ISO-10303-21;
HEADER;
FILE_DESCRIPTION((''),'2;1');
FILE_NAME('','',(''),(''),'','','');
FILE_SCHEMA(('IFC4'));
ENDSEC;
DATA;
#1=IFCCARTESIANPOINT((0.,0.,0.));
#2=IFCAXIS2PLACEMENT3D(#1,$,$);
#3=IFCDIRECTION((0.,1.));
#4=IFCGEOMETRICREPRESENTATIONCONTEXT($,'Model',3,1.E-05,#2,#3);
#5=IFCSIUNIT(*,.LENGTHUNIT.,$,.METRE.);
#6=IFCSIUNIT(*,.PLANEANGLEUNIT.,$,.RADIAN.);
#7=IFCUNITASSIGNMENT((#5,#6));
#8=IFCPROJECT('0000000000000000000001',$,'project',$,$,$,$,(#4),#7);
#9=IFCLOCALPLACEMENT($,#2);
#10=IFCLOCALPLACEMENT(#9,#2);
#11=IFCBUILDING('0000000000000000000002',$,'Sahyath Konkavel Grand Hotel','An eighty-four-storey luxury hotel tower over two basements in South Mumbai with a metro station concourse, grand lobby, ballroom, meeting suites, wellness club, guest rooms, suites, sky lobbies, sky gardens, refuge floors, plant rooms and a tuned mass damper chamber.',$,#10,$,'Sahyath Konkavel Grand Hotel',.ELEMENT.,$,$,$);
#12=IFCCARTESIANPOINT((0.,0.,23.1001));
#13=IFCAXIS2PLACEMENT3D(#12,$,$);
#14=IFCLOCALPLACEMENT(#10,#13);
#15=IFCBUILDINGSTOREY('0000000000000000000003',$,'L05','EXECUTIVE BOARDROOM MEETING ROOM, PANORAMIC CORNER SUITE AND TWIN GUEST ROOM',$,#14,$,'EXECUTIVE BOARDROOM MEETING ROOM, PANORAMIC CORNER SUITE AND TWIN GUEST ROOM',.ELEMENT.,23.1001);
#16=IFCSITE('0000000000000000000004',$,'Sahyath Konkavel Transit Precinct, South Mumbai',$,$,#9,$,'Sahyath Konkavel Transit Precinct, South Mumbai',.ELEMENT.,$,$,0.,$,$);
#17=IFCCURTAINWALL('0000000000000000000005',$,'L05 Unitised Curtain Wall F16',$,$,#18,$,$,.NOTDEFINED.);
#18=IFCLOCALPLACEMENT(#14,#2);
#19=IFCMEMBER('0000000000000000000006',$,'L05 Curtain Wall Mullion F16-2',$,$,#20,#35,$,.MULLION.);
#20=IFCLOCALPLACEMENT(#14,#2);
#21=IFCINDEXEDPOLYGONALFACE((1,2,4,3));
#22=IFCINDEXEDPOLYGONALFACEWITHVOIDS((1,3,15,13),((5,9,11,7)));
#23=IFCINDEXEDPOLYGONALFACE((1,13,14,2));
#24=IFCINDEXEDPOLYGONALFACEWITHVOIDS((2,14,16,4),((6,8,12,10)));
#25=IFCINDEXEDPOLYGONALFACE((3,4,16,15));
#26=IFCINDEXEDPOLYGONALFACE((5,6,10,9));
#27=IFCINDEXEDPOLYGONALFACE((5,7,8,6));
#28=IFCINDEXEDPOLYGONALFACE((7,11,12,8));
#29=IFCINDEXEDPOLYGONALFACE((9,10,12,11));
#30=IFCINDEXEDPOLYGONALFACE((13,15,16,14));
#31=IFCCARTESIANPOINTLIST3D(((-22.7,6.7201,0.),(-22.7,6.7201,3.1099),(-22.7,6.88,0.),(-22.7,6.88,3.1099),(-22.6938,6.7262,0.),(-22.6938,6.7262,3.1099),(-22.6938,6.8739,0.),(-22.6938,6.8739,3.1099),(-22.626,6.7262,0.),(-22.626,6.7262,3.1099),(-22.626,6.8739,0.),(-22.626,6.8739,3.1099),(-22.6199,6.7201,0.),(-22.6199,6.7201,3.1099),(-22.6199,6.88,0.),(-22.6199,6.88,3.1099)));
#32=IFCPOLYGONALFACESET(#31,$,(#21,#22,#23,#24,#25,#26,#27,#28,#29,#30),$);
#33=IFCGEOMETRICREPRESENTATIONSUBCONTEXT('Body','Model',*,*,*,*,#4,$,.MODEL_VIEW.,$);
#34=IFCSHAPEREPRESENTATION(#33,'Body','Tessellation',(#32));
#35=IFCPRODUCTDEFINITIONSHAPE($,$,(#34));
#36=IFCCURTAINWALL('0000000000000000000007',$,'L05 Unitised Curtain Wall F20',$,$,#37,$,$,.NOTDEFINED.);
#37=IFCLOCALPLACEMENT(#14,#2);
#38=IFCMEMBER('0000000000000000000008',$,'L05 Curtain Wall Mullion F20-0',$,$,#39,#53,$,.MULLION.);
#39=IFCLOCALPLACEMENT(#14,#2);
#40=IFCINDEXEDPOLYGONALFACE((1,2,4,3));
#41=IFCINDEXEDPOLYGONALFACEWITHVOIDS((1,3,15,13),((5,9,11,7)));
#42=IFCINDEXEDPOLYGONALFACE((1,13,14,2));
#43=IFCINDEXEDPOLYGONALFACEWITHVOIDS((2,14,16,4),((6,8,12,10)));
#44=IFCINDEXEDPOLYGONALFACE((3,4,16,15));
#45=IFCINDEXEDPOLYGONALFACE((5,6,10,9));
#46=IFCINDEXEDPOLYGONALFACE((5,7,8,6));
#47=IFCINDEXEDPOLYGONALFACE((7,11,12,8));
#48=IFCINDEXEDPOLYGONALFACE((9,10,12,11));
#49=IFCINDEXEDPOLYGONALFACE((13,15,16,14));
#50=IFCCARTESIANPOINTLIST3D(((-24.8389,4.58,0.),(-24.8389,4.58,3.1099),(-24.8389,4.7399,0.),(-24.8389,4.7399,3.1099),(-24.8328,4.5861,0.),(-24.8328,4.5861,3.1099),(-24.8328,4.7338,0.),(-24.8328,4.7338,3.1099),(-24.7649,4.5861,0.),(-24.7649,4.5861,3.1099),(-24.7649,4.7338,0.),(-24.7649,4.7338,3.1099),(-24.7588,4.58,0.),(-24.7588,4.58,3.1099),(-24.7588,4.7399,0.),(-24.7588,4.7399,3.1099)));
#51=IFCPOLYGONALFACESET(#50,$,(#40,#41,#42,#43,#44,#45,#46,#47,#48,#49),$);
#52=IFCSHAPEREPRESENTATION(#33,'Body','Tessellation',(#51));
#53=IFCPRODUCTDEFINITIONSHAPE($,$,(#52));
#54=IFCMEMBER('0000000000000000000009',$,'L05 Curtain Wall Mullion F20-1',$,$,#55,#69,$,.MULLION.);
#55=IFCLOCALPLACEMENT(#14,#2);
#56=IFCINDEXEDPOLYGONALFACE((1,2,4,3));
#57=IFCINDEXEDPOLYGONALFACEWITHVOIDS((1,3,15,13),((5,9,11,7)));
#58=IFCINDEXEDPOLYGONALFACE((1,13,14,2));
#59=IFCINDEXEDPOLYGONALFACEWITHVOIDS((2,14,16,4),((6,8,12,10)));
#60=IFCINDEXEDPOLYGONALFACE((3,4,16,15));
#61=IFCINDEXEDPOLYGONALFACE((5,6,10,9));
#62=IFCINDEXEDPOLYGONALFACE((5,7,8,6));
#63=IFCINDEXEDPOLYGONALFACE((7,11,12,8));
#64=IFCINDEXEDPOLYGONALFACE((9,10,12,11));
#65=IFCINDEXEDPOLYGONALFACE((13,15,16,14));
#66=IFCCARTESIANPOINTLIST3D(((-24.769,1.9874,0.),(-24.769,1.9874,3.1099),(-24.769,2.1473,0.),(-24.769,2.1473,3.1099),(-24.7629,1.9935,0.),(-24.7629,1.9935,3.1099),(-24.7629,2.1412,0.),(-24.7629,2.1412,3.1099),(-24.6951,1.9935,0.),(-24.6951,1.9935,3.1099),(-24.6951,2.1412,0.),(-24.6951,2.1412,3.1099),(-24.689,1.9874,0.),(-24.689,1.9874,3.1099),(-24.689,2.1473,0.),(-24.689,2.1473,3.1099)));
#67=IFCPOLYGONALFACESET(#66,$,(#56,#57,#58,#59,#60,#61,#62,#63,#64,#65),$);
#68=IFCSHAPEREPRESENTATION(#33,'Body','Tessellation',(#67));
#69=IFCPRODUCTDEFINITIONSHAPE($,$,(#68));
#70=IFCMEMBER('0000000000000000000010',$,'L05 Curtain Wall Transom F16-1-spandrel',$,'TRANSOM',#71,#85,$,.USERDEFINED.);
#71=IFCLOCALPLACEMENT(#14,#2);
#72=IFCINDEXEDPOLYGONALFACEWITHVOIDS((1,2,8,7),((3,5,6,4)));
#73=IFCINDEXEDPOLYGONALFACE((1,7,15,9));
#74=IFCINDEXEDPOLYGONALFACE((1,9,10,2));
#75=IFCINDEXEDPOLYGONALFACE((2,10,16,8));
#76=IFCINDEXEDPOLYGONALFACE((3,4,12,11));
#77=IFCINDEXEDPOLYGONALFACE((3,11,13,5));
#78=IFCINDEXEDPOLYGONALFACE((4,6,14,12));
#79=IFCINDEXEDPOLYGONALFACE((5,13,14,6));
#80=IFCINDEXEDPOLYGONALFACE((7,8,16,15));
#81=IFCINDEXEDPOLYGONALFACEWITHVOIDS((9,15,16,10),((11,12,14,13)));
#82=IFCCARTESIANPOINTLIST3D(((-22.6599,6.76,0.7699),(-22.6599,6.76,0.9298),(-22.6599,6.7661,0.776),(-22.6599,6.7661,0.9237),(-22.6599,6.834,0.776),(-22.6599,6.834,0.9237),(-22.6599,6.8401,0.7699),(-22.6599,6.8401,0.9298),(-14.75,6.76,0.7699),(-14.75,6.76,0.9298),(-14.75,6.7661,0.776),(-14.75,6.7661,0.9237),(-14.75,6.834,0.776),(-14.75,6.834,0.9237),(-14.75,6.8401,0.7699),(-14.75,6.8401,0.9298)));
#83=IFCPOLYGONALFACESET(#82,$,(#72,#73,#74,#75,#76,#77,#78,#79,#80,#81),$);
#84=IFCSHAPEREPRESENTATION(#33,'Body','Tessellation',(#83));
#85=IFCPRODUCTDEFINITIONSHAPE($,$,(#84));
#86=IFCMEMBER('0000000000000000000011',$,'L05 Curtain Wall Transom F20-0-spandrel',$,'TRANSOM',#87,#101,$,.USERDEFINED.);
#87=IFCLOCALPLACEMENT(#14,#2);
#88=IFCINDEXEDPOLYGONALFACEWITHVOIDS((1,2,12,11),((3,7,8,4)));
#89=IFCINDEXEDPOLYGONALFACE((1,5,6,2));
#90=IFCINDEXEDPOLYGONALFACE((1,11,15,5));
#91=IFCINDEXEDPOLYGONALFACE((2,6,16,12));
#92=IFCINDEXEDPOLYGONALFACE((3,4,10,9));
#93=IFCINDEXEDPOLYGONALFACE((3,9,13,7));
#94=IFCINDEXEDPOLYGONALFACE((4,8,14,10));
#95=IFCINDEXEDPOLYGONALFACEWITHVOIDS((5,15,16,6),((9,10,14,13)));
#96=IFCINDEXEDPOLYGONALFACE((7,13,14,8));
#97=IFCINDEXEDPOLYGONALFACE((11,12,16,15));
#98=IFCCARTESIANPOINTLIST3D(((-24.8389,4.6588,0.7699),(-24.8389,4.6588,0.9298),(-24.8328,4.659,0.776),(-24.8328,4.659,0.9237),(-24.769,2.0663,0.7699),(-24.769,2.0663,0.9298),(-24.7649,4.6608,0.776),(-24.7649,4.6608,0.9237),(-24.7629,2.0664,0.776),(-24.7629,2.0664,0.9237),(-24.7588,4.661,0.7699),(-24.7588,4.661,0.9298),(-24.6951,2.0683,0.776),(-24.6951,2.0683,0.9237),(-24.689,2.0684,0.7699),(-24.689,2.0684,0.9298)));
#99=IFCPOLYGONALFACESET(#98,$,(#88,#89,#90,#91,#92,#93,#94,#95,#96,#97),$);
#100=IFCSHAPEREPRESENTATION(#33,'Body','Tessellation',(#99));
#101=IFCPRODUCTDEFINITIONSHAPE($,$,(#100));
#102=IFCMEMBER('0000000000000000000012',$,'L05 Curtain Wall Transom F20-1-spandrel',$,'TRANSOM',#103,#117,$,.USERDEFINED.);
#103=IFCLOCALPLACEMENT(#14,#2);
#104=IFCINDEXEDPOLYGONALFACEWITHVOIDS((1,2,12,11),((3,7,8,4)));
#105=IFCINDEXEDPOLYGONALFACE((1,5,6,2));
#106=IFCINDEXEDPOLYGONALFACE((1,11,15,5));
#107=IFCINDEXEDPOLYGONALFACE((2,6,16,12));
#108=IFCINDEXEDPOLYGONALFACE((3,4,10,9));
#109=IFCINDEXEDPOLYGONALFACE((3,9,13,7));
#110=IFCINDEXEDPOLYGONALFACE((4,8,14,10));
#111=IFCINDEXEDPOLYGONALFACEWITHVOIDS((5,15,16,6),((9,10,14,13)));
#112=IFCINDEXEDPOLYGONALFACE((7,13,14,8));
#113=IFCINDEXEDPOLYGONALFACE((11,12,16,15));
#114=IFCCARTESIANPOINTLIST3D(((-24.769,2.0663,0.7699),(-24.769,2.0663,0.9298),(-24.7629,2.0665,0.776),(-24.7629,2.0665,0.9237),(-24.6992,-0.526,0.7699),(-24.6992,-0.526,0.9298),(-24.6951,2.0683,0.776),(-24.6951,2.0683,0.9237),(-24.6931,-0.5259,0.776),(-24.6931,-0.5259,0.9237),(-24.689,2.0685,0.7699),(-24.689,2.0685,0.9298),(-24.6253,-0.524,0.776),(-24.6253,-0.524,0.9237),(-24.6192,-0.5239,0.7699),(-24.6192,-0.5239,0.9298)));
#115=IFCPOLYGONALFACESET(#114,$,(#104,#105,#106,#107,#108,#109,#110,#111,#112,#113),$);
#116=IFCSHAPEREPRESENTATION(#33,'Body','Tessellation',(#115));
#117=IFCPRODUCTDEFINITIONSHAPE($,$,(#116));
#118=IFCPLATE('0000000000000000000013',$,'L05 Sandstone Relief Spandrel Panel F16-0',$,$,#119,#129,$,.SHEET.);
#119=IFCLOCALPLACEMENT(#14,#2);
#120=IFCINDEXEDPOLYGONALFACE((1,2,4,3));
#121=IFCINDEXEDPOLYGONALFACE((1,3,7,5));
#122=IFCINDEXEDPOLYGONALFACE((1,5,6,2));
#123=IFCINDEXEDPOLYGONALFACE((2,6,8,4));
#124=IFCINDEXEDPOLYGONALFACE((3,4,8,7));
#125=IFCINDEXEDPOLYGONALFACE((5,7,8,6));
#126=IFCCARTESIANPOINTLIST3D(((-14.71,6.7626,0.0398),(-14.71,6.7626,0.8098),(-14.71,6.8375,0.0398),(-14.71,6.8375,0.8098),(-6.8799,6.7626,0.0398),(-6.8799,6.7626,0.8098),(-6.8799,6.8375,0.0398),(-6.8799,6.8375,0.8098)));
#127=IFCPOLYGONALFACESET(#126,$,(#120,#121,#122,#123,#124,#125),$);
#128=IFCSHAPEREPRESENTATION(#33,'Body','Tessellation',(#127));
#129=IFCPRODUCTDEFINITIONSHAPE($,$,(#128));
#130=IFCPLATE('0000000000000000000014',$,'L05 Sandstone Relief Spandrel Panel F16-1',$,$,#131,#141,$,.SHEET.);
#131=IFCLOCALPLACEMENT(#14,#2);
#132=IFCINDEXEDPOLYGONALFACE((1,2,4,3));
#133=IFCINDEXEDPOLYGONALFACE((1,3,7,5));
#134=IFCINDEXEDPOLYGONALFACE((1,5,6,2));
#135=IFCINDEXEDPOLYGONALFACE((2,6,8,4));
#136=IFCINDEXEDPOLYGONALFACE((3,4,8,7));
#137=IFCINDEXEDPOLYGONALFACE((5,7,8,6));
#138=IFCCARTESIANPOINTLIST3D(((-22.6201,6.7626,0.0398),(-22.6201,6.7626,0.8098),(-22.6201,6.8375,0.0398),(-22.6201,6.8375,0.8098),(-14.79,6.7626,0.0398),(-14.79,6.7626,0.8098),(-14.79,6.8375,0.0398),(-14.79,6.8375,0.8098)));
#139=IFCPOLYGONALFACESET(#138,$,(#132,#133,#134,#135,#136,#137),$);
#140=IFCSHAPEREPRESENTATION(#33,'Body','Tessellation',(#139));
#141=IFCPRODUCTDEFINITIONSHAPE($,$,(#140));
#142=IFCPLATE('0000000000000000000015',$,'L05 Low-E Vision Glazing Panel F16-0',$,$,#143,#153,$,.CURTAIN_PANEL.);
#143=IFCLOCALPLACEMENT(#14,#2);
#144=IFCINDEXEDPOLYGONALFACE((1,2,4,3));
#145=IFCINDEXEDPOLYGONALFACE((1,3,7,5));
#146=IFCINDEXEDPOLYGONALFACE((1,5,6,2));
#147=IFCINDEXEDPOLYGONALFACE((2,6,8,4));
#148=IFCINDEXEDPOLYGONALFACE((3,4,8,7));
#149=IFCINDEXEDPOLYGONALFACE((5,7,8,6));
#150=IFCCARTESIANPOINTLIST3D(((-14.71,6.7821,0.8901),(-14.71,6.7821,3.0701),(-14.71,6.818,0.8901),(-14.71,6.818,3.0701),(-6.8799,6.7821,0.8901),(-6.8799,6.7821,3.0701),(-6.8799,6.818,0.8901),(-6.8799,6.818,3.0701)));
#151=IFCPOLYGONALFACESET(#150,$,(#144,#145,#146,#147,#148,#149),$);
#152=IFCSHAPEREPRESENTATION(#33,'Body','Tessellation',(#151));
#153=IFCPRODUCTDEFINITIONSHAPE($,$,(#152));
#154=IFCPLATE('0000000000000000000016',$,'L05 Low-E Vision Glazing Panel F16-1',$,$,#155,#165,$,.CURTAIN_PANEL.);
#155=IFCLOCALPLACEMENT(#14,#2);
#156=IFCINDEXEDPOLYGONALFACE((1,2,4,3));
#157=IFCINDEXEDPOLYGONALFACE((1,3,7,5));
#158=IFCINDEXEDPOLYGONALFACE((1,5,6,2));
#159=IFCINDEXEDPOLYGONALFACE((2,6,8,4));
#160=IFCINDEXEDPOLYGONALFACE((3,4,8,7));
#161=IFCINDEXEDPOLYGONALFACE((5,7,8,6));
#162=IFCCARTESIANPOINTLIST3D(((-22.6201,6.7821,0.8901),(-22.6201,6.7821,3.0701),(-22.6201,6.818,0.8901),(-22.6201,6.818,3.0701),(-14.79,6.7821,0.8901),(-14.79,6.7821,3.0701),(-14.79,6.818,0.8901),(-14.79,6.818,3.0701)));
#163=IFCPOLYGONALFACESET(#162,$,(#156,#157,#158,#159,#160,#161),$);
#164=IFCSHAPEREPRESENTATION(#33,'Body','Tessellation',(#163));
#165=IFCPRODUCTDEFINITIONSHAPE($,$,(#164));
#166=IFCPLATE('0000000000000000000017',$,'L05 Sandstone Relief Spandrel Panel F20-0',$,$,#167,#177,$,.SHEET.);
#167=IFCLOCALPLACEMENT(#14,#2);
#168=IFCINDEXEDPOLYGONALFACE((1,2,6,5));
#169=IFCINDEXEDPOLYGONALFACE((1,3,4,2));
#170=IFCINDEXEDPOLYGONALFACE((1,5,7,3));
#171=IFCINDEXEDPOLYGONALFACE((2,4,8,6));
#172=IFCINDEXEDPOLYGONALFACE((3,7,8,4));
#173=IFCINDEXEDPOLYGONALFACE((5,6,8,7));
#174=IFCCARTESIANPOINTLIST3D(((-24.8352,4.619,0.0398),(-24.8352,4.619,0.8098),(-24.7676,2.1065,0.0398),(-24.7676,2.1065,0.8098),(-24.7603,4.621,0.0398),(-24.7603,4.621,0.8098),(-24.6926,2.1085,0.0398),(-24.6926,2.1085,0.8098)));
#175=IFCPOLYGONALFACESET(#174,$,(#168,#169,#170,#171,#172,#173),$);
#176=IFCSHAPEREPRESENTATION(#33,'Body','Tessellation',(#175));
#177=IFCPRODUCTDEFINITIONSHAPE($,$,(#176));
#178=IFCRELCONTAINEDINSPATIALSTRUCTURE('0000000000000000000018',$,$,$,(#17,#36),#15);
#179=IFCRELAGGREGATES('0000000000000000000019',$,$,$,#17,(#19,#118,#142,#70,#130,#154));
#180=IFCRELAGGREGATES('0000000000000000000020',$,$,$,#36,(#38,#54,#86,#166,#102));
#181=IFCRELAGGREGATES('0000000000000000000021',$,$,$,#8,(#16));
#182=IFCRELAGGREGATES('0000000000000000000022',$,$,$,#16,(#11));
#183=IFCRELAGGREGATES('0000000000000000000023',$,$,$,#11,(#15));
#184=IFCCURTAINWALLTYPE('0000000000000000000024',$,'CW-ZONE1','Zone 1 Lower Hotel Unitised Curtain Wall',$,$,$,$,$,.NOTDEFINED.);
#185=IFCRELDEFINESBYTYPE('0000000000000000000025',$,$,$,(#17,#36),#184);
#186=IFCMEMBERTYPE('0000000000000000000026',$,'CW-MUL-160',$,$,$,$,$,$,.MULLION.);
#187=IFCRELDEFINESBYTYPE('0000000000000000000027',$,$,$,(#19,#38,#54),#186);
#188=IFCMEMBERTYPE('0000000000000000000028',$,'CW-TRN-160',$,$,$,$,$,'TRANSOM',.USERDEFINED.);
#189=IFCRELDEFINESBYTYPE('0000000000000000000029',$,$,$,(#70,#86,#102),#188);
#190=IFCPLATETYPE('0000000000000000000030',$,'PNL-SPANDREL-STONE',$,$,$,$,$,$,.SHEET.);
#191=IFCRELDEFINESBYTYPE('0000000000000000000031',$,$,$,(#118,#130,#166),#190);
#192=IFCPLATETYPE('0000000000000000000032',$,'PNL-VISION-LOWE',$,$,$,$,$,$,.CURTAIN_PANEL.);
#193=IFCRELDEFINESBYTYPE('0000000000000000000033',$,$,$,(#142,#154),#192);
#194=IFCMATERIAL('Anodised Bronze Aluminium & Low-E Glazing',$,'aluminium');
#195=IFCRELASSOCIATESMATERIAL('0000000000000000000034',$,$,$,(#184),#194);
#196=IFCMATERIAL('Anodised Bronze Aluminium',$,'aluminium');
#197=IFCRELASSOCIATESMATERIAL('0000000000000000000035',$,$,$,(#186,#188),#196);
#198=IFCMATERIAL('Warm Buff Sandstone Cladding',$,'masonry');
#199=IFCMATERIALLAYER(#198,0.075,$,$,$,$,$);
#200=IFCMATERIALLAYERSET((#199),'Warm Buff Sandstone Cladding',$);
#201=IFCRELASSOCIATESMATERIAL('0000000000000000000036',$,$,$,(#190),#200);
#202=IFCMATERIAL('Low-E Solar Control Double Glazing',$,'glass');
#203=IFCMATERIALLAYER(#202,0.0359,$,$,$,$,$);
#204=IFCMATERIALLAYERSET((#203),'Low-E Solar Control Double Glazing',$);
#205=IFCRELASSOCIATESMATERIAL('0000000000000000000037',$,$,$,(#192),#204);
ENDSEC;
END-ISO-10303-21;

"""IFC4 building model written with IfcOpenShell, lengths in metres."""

from ifc_helpers import new_model, si_unit, direction, frame, origin, origin_2d, place, context, subcontext, project, spatial, rectangle, hollow_rectangle, extrude, source, transform, mapped, material, layer, layer_set, material_profile, profile_set, type_object, element, aggregate, save


model = new_model("IFC4")

# Units and contexts
model_context = context("Model", 3, precision=1e-05, world=origin(), true_north=direction((0.0, 1.0)))
body_context = subcontext(model_context, "Body", "Model", "MODEL_VIEW")
ifc_project = project(units=[si_unit("LENGTHUNIT", "METRE"), si_unit("PLANEANGLEUNIT", "RADIAN")], contexts=[model_context])

# Site, building, storey
site_placement = place(None, origin())
site = spatial("IfcSite", under=ifc_project, at=site_placement, Name="Sahyath Konkavel Transit Precinct, South Mumbai", LongName="Sahyath Konkavel Transit Precinct, South Mumbai", CompositionType="ELEMENT", RefElevation=0.0)
building_placement = place(site_placement, origin())
building = spatial("IfcBuilding", under=site, at=building_placement, Name="Sahyath Konkavel Grand Hotel", Description="An eighty-four-storey luxury hotel tower over two basements in South Mumbai with a metro station concourse, grand lobby, ballroom, meeting suites, wellness club, guest rooms, suites, sky lobbies, sky gardens, refuge floors, plant rooms and a tuned mass damper chamber.", LongName="Sahyath Konkavel Grand Hotel", CompositionType="ELEMENT")
storey_placement = place(building_placement, frame((0.0, 0.0, 23.1001)))
storey = spatial("IfcBuildingStorey", under=building, at=storey_placement, Name="L05", Description="EXECUTIVE BOARDROOM MEETING ROOM, PANORAMIC CORNER SUITE AND TWIN GUEST ROOM", LongName="EXECUTIVE BOARDROOM MEETING ROOM, PANORAMIC CORNER SUITE AND TWIN GUEST ROOM", CompositionType="ELEMENT", Elevation=23.1001)

# Curtain walls, members
ifc_material_1 = material(Name="Anodised Bronze Aluminium & Low-E Glazing", Category="aluminium")
curtain_wall_type = type_object("IfcCurtainWallType", Name="CW-ZONE1", Description="Zone 1 Lower Hotel Unitised Curtain Wall", PredefinedType="NOTDEFINED", material=ifc_material_1)
curtain_wall_1_placement = place(storey_placement, origin())
curtain_wall_1 = element("IfcCurtainWall", 1, at=curtain_wall_1_placement, inside=storey, type_object=curtain_wall_type, Name="L05 Unitised Curtain Wall F16", PredefinedType="NOTDEFINED")
ifc_material_2 = material(Name="Anodised Bronze Aluminium", Category="aluminium")
ifc_material_profile_1 = material_profile(ifc_material_2, hollow_rectangle(XDim=0.0801, YDim=0.1599, WallThickness=0.0061, at=origin_2d()), Name="RHS 160x80x6")
ifc_profile_set_1 = profile_set([ifc_material_profile_1], Name="Anodised Bronze Aluminium")
member_type_1 = type_object("IfcMemberType", Name="CW-MUL-160", PredefinedType="MULLION", material=ifc_profile_set_1)
shared_shape_1 = source(origin(), body_context, "Body", "SweptSolid", [
    extrude(hollow_rectangle(XDim=0.0801, YDim=0.1599, WallThickness=0.0061, at=origin_2d()), origin(), (0.0, 0.0, 1.0), 3.1099),
])
member_1_placement = place(storey_placement, frame((-22.6599, 6.8, 0.0), z_axis=(0.0, 0.0, 1.0), x_axis=(1.0, 0.0, 0.0)))
member_1 = element("IfcMember", 2, at=member_1_placement, type_object=member_type_1, Name="L05 Curtain Wall Mullion F16-2", PredefinedType="MULLION", context=body_context, shape_type="MappedRepresentation", body=[
    mapped(shared_shape_1, transform((0.0, 0.0, 0.0), scale=1.0)),
])
curtain_wall_2_placement = place(storey_placement, origin())
curtain_wall_2 = element("IfcCurtainWall", 3, at=curtain_wall_2_placement, inside=storey, type_object=curtain_wall_type, Name="L05 Unitised Curtain Wall F20", PredefinedType="NOTDEFINED")
member_2_placement = place(storey_placement, frame((-24.7988, 4.6599, 0.0), z_axis=(0.0, 0.0, 1.0), x_axis=(1.0, 0.0, 0.0)))
member_2 = element("IfcMember", 4, at=member_2_placement, type_object=member_type_1, Name="L05 Curtain Wall Mullion F20-0", PredefinedType="MULLION", context=body_context, shape_type="MappedRepresentation", body=[
    mapped(shared_shape_1, transform((0.0, 0.0, 0.0), scale=1.0)),
])
member_3_placement = place(storey_placement, frame((-24.729, 2.0674, 0.0), z_axis=(0.0, 0.0, 1.0), x_axis=(1.0, 0.0, 0.0)))
member_3 = element("IfcMember", 5, at=member_3_placement, type_object=member_type_1, Name="L05 Curtain Wall Mullion F20-1", PredefinedType="MULLION", context=body_context, shape_type="MappedRepresentation", body=[
    mapped(shared_shape_1, transform((0.0, 0.0, 0.0), scale=1.0)),
])

# Members
ifc_material_profile_2 = material_profile(ifc_material_2, hollow_rectangle(XDim=0.0801, YDim=0.1599, WallThickness=0.0061, at=origin_2d()), Name="RHS 160x80x6")
ifc_profile_set_2 = profile_set([ifc_material_profile_2], Name="Anodised Bronze Aluminium")
member_type_2 = type_object("IfcMemberType", Name="CW-TRN-160", ElementType="TRANSOM", PredefinedType="USERDEFINED", material=ifc_profile_set_2)
shared_shape_2 = source(origin(), body_context, "Body", "SweptSolid", [
    extrude(hollow_rectangle(XDim=0.0801, YDim=0.1599, WallThickness=0.0061, at=origin_2d()), origin(), (0.0, 0.0, 1.0), 7.9099),
])
member_4_placement = place(storey_placement, frame((-14.75, 6.8, 0.8499), z_axis=(-1.0, 0.0, 0.0), x_axis=(0.0, -1.0, 0.0)))
member_4 = element("IfcMember", 6, at=member_4_placement, type_object=member_type_2, Name="L05 Curtain Wall Transom F16-1-spandrel", ObjectType="TRANSOM", PredefinedType="USERDEFINED", context=body_context, shape_type="MappedRepresentation", body=[
    mapped(shared_shape_2, transform((0.0, 0.0, 0.0), scale=1.0)),
])
shared_shape_3 = source(origin(), body_context, "Body", "SweptSolid", [
    extrude(hollow_rectangle(XDim=0.0801, YDim=0.1599, WallThickness=0.0061, at=origin_2d()), origin(), (0.0, 0.0, 1.0), 2.5935),
])
member_5_placement = place(storey_placement, frame((-24.7988, 4.6599, 0.8499), z_axis=(0.026923, -0.999638, 0.0), x_axis=(0.999638, 0.026923, 0.0)))
member_5 = element("IfcMember", 7, at=member_5_placement, type_object=member_type_2, Name="L05 Curtain Wall Transom F20-0-spandrel", ObjectType="TRANSOM", PredefinedType="USERDEFINED", context=body_context, shape_type="MappedRepresentation", body=[
    mapped(shared_shape_3, transform((0.0, 0.0, 0.0), scale=1.0)),
])
shared_shape_4 = source(origin(), body_context, "Body", "SweptSolid", [
    extrude(hollow_rectangle(XDim=0.0801, YDim=0.1599, WallThickness=0.0061, at=origin_2d()), origin(), (0.0, 0.0, 1.0), 2.5933),
])
member_6_placement = place(storey_placement, frame((-24.729, 2.0674, 0.8499), z_axis=(0.026926, -0.999637, 0.0), x_axis=(0.999637, 0.026926, 0.0)))
member_6 = element("IfcMember", 8, at=member_6_placement, type_object=member_type_2, Name="L05 Curtain Wall Transom F20-1-spandrel", ObjectType="TRANSOM", PredefinedType="USERDEFINED", context=body_context, shape_type="MappedRepresentation", body=[
    mapped(shared_shape_4, transform((0.0, 0.0, 0.0), scale=1.0)),
])

# Plates
ifc_material_3 = material(Name="Warm Buff Sandstone Cladding", Category="masonry")
ifc_layer_1 = layer(ifc_material_3, 0.075)
ifc_layer_set_1 = layer_set([ifc_layer_1], Name="Warm Buff Sandstone Cladding")
plate_type_1 = type_object("IfcPlateType", Name="PNL-SPANDREL-STONE", PredefinedType="SHEET", material=ifc_layer_set_1)
shared_shape_5 = source(origin(), body_context, "Body", "SweptSolid", [
    extrude(rectangle(XDim=7.8301, YDim=0.075, at=origin_2d()), origin(), (0.0, 0.0, 1.0), 0.77),
])
plate_1_placement = place(storey_placement, frame((-10.7949, 6.8, 0.0398), z_axis=(0.0, 0.0, 1.0), x_axis=(-1.0, 0.0, 0.0)))
plate_1 = element("IfcPlate", 9, at=plate_1_placement, type_object=plate_type_1, Name="L05 Sandstone Relief Spandrel Panel F16-0", PredefinedType="SHEET", context=body_context, shape_type="MappedRepresentation", body=[
    mapped(shared_shape_5, transform((0.0, 0.0, 0.0), scale=1.0)),
])
plate_2_placement = place(storey_placement, frame((-18.7051, 6.8, 0.0398), z_axis=(0.0, 0.0, 1.0), x_axis=(-1.0, 0.0, 0.0)))
plate_2 = element("IfcPlate", 10, at=plate_2_placement, type_object=plate_type_1, Name="L05 Sandstone Relief Spandrel Panel F16-1", PredefinedType="SHEET", context=body_context, shape_type="MappedRepresentation", body=[
    mapped(shared_shape_5, transform((0.0, 0.0, 0.0), scale=1.0)),
])
ifc_material_4 = material(Name="Low-E Solar Control Double Glazing", Category="glass")
ifc_layer_2 = layer(ifc_material_4, 0.0359)
ifc_layer_set_2 = layer_set([ifc_layer_2], Name="Low-E Solar Control Double Glazing")
plate_type_2 = type_object("IfcPlateType", Name="PNL-VISION-LOWE", PredefinedType="CURTAIN_PANEL", material=ifc_layer_set_2)
shared_shape_6 = source(origin(), body_context, "Body", "SweptSolid", [
    extrude(rectangle(XDim=7.8301, YDim=0.0359, at=origin_2d()), origin(), (0.0, 0.0, 1.0), 2.1799),
])
plate_3_placement = place(storey_placement, frame((-10.7949, 6.8, 0.8901), z_axis=(0.0, 0.0, 1.0), x_axis=(-1.0, 0.0, 0.0)))
plate_3 = element("IfcPlate", 11, at=plate_3_placement, type_object=plate_type_2, Name="L05 Low-E Vision Glazing Panel F16-0", PredefinedType="CURTAIN_PANEL", context=body_context, shape_type="MappedRepresentation", body=[
    mapped(shared_shape_6, transform((0.0, 0.0, 0.0), scale=1.0)),
])
plate_4_placement = place(storey_placement, frame((-18.7051, 6.8, 0.8901), z_axis=(0.0, 0.0, 1.0), x_axis=(-1.0, 0.0, 0.0)))
plate_4 = element("IfcPlate", 12, at=plate_4_placement, type_object=plate_type_2, Name="L05 Low-E Vision Glazing Panel F16-1", PredefinedType="CURTAIN_PANEL", context=body_context, shape_type="MappedRepresentation", body=[
    mapped(shared_shape_6, transform((0.0, 0.0, 0.0), scale=1.0)),
])
aggregate(curtain_wall_1, [member_1, plate_1, plate_3, member_4, plate_2, plate_4])
shared_shape_7 = source(origin(), body_context, "Body", "SweptSolid", [
    extrude(rectangle(XDim=2.5134, YDim=0.075, at=origin_2d()), origin(), (0.0, 0.0, 1.0), 0.77),
])
plate_5_placement = place(storey_placement, frame((-24.7639, 3.3638, 0.0398), z_axis=(0.0, 0.0, 1.0), x_axis=(0.02691, -0.999638, 0.0)))
plate_5 = element("IfcPlate", 13, at=plate_5_placement, type_object=plate_type_1, Name="L05 Sandstone Relief Spandrel Panel F20-0", PredefinedType="SHEET", context=body_context, shape_type="MappedRepresentation", body=[
    mapped(shared_shape_7, transform((0.0, 0.0, 0.0), scale=1.0)),
])
aggregate(curtain_wall_2, [member_2, member_3, member_5, plate_5, member_6])

save(model, "model.ifc")
